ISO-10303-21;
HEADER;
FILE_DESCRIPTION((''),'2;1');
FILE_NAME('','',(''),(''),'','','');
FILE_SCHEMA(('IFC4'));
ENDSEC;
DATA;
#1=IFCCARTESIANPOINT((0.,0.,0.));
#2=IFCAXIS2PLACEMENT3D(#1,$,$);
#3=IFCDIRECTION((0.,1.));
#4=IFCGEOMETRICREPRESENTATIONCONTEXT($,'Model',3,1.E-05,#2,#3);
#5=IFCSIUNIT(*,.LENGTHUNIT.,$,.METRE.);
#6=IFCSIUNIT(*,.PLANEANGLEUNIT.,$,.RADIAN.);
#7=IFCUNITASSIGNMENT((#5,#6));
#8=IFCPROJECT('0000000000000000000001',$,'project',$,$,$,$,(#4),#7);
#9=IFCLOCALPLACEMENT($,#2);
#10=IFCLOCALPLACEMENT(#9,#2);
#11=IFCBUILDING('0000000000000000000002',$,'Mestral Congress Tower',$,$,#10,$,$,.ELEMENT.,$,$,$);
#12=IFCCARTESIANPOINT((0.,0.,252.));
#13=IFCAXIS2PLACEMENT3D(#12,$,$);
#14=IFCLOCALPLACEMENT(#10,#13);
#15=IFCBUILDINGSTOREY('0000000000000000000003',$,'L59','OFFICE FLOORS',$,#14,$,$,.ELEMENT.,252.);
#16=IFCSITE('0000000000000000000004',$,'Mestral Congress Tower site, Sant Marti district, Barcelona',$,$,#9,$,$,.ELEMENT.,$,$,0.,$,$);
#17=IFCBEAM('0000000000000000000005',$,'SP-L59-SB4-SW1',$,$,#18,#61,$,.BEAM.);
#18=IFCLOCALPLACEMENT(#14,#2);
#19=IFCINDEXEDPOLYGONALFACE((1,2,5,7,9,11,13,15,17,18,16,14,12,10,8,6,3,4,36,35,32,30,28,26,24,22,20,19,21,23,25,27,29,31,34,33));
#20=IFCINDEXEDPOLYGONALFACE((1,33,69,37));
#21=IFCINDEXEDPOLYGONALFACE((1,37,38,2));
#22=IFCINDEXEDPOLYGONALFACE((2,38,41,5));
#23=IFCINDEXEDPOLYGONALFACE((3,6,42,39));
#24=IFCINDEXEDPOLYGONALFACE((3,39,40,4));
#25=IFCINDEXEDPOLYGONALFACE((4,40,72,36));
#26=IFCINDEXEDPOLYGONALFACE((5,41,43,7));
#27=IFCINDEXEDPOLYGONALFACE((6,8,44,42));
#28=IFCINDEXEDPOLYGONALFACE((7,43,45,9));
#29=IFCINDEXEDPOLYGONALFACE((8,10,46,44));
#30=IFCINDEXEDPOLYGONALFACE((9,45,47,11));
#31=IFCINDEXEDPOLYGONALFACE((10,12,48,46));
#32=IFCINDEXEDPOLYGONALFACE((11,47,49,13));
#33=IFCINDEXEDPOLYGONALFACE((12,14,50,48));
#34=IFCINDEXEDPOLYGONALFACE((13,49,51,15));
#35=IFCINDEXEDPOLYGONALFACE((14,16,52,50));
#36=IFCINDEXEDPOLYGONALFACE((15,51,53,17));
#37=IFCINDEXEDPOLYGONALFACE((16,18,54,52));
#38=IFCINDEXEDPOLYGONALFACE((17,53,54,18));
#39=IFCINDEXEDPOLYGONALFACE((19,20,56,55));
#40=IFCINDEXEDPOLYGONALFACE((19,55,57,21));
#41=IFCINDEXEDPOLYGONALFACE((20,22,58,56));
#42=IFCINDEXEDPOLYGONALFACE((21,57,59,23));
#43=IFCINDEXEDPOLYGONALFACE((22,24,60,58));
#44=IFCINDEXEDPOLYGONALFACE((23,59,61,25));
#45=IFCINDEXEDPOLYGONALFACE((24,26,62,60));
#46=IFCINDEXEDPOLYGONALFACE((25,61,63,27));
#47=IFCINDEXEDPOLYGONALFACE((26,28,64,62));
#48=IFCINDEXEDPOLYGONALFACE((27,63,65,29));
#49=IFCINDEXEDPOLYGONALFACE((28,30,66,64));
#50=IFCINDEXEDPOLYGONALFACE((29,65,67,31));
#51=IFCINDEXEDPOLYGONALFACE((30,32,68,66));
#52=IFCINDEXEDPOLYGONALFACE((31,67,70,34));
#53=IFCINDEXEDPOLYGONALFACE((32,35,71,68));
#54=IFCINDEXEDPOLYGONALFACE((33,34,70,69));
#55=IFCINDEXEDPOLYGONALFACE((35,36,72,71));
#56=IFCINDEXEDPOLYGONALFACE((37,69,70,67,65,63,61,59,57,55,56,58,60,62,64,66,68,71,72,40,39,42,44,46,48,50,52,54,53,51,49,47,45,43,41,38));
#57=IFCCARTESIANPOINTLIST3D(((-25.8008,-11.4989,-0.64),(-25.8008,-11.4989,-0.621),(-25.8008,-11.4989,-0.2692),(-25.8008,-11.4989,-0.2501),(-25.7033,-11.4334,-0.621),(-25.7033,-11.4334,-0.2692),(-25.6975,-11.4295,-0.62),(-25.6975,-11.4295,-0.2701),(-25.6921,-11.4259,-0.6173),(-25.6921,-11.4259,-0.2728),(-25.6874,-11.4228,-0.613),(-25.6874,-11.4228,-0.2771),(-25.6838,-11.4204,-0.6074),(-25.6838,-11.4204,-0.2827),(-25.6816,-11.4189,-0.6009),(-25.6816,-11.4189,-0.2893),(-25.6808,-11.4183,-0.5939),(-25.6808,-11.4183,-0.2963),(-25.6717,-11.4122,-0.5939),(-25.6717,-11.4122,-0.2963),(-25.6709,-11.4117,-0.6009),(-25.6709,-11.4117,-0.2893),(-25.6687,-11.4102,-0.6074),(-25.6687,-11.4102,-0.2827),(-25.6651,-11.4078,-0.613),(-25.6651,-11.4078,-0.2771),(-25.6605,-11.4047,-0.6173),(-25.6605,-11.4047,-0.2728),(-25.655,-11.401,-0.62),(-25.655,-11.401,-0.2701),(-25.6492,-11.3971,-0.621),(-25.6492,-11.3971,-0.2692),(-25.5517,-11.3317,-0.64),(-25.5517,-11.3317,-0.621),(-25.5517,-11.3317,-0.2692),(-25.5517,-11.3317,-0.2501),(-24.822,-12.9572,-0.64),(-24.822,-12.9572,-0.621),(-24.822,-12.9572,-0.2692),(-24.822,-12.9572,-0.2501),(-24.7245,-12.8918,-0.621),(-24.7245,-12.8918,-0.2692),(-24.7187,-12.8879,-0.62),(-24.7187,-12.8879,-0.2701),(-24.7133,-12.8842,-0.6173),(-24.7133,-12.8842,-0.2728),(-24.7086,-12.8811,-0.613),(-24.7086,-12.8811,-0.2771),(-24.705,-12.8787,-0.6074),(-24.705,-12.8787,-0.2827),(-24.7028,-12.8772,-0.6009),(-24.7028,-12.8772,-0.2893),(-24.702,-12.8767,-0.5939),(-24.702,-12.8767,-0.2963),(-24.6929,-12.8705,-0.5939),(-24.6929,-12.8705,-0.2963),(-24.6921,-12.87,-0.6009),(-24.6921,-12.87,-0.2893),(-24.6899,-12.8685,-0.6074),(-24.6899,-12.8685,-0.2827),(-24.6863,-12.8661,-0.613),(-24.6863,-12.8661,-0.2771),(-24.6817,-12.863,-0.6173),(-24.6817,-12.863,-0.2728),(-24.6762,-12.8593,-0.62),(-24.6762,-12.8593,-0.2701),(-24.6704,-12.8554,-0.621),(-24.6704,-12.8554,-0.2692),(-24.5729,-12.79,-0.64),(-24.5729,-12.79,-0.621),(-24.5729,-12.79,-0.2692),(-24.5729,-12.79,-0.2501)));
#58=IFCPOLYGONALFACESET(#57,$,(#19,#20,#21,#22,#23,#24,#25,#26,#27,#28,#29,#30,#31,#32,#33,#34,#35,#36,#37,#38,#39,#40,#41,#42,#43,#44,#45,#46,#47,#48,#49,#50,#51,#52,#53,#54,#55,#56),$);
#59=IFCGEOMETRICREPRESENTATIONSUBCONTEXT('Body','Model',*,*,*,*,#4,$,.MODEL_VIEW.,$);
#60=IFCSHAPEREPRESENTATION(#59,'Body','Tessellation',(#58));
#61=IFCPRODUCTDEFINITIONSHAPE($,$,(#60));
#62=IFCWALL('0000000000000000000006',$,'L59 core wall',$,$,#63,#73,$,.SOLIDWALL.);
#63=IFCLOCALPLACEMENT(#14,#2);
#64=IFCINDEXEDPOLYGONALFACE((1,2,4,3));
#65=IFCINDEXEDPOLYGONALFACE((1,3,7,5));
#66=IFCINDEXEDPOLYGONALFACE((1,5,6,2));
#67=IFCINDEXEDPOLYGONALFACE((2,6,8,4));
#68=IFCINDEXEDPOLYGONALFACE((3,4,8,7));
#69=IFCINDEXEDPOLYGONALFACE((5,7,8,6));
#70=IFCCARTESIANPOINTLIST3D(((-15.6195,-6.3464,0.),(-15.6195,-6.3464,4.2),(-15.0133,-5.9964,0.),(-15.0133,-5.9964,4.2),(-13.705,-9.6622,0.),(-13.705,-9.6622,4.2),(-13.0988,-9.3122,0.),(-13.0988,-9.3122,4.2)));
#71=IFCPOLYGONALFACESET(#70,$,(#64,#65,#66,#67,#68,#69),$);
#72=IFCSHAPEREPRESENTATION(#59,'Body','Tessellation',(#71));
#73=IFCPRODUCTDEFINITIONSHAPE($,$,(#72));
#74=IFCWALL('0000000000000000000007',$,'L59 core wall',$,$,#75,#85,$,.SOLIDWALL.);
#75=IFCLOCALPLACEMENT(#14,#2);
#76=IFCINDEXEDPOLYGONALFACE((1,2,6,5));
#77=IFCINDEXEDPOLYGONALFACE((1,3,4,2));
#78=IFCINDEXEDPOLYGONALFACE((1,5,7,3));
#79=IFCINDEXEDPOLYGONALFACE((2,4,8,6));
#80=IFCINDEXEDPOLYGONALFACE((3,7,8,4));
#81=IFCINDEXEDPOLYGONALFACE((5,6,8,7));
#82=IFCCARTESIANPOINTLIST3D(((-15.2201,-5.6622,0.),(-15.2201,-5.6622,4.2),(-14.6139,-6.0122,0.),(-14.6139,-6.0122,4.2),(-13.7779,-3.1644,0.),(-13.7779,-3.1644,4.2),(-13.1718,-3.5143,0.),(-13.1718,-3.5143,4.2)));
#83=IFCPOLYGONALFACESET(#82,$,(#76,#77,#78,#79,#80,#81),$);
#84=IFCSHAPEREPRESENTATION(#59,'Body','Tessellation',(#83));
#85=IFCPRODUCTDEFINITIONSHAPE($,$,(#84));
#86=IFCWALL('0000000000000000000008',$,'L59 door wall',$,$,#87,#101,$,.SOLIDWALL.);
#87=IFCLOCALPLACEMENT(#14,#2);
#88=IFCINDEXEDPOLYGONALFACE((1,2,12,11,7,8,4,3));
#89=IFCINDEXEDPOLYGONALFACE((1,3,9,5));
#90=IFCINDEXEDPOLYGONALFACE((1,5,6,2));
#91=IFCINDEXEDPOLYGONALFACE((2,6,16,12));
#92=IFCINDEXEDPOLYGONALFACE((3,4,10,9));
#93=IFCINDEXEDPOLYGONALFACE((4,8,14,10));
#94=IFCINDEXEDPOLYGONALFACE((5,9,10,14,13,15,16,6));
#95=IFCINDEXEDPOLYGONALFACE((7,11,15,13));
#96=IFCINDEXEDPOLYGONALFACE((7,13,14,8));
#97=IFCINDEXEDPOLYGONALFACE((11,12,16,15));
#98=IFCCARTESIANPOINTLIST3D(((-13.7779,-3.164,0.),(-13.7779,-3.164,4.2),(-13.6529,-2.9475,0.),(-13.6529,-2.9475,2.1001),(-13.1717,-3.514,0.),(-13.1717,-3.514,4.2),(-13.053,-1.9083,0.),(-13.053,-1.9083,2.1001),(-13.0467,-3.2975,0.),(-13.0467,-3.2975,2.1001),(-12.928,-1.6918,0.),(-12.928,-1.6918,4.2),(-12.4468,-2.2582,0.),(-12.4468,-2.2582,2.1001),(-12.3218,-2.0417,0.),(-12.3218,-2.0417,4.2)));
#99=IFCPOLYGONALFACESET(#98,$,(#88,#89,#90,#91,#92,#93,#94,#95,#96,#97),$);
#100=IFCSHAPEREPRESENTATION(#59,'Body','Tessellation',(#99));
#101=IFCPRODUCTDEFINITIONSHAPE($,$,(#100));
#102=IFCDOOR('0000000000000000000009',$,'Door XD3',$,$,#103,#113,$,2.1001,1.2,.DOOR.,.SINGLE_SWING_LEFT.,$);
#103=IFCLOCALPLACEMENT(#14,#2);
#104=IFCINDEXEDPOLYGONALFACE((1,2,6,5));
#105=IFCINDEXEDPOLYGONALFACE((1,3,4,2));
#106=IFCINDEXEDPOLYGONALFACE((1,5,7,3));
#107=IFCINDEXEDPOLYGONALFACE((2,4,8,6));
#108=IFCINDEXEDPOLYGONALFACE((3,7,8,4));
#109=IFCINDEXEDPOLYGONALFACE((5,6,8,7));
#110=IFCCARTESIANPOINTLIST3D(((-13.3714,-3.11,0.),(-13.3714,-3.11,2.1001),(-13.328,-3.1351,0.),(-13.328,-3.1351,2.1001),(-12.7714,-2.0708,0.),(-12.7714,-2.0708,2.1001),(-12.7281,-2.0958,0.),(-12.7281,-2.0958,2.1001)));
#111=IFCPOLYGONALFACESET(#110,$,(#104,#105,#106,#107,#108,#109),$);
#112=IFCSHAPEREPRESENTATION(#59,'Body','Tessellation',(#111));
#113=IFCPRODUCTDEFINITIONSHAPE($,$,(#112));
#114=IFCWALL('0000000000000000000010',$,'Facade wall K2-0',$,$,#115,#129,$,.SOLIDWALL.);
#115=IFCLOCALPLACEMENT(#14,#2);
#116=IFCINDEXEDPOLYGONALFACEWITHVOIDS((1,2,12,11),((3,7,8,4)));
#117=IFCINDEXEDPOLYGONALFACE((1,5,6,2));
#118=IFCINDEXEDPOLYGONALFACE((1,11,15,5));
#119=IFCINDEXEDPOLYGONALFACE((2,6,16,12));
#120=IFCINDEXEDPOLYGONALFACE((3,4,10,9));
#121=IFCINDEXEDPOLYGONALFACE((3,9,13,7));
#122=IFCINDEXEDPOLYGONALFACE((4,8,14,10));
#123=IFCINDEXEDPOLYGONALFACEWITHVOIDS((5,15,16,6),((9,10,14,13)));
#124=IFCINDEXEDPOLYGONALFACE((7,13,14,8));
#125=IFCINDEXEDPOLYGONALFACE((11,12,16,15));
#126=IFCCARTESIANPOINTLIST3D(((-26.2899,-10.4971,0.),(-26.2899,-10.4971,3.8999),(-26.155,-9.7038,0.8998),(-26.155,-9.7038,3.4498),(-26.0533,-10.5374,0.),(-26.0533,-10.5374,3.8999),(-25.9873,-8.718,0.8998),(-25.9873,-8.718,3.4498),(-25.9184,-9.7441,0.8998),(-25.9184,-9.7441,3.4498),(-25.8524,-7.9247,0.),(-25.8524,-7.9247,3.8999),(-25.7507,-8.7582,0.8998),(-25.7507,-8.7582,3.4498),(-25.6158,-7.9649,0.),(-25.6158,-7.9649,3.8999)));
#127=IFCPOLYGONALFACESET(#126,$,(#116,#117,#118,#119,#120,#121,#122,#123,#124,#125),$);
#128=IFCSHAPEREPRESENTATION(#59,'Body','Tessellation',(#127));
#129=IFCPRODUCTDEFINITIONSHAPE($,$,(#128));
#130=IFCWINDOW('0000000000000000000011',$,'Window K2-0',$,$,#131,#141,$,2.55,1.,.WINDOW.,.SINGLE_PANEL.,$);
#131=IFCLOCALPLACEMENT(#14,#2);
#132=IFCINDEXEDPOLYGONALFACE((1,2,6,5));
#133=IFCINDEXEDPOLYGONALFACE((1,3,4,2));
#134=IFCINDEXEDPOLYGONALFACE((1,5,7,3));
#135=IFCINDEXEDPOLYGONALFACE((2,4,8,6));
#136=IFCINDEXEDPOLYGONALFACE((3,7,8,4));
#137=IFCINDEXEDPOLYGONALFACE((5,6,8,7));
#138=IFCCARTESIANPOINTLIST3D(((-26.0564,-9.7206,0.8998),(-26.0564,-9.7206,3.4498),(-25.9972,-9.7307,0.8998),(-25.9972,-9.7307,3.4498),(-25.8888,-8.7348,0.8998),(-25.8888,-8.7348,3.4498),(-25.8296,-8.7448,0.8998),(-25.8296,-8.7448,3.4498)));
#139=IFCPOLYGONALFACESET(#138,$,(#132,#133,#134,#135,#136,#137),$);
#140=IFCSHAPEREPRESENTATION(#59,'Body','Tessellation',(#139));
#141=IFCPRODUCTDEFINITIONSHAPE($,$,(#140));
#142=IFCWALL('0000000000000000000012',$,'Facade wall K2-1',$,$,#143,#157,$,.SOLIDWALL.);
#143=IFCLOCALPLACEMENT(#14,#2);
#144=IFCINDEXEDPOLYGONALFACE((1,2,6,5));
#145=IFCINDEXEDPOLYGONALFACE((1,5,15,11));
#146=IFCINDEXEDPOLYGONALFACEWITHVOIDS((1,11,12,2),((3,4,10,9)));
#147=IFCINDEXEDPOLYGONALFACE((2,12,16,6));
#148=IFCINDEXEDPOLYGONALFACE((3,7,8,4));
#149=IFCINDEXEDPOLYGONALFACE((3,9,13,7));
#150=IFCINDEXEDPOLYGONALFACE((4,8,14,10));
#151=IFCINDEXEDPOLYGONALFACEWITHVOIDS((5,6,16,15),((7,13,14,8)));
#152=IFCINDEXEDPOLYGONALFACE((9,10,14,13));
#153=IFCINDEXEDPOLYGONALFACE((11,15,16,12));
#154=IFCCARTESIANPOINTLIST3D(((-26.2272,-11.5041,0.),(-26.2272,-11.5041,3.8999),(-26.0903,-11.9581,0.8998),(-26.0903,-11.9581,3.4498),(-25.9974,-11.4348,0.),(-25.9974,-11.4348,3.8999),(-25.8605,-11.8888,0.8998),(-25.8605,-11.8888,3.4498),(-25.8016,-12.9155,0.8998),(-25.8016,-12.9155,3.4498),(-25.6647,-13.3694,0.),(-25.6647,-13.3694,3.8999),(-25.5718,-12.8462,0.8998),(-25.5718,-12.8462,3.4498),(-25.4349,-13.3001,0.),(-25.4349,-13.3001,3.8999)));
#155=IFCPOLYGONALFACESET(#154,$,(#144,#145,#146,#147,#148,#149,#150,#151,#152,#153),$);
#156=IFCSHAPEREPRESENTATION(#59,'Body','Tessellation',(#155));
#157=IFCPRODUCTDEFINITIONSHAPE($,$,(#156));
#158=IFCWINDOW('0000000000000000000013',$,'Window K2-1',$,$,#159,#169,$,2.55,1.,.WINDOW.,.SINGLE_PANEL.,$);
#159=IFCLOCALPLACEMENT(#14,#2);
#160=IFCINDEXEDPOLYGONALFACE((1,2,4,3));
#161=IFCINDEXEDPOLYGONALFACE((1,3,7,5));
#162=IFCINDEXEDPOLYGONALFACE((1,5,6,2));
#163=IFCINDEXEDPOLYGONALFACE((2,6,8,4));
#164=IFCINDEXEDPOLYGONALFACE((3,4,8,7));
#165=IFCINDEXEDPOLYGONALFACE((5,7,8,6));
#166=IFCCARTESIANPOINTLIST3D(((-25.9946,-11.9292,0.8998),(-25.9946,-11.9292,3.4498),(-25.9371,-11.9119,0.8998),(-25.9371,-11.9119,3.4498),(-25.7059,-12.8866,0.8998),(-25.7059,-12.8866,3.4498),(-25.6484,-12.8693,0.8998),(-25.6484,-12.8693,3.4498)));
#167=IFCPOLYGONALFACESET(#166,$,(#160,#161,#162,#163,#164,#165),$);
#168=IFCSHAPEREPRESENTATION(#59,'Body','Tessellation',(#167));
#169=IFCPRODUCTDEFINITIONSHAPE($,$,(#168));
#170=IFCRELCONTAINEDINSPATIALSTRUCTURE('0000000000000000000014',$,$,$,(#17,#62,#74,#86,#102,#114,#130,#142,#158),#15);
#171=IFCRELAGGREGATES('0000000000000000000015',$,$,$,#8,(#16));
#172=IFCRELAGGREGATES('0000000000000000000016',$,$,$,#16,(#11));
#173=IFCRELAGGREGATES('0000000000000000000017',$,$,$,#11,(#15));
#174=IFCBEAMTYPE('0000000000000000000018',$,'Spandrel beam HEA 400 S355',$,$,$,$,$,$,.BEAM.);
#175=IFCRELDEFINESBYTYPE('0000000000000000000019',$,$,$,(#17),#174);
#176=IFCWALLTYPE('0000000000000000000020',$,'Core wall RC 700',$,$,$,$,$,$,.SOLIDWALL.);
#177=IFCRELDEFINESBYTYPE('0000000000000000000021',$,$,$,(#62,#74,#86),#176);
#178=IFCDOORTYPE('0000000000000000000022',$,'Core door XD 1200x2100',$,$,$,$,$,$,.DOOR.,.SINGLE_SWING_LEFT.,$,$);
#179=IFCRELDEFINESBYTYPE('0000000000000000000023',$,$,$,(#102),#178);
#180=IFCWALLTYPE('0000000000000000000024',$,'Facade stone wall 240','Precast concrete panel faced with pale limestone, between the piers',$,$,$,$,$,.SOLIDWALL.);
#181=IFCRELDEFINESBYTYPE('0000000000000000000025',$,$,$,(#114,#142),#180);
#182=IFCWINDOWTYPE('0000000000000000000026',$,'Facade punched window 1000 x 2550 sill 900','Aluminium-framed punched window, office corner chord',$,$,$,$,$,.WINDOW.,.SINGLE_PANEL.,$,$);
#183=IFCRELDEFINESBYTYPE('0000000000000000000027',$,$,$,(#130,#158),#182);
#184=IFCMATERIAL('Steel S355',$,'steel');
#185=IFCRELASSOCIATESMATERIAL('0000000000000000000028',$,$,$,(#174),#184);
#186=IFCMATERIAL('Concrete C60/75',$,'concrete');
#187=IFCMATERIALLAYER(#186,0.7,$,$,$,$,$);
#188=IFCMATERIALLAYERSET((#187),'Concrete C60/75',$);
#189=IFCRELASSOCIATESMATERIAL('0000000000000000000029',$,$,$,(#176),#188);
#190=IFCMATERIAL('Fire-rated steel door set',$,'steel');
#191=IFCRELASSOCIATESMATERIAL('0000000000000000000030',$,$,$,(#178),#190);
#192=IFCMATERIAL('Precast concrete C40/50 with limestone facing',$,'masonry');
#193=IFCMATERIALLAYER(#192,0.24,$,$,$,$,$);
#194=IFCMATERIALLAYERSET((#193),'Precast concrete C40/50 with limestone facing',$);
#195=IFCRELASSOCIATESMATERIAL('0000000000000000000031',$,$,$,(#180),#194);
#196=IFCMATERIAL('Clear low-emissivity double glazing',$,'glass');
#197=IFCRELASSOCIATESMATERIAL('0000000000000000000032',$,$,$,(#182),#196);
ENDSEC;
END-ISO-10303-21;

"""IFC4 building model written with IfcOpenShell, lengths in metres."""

from ifc_helpers import new_model, si_unit, direction, frame, frame_2d, origin, origin_2d, place, context, subcontext, project, spatial, rectangle, i_section, extrude, material, layer, layer_set, material_profile, profile_set, type_object, element, fill, save


model = new_model("IFC4")

# Units and contexts
model_context = context("Model", 3, precision=1e-05, world=origin(), true_north=direction((0.0, 1.0)))
body_context = subcontext(model_context, "Body", "Model", "MODEL_VIEW")
ifc_project = project(units=[si_unit("LENGTHUNIT", "METRE"), si_unit("PLANEANGLEUNIT", "RADIAN")], contexts=[model_context])

# Site, building, storey
site_placement = place(None, origin())
site = spatial("IfcSite", under=ifc_project, at=site_placement, Name="Mestral Congress Tower site, Sant Marti district, Barcelona", CompositionType="ELEMENT", RefElevation=0.0)
building_placement = place(site_placement, origin())
building = spatial("IfcBuilding", under=site, at=building_placement, Name="Mestral Congress Tower", CompositionType="ELEMENT")
storey_placement = place(building_placement, frame((0.0, 0.0, 252.0)))
storey = spatial("IfcBuildingStorey", under=building, at=storey_placement, Name="L59", Description="OFFICE FLOORS", CompositionType="ELEMENT", Elevation=252.0)

# Shared definitions
ifc_material_1 = material(Name="Concrete C60/75", Category="concrete")

# Beam
ifc_material_2 = material(Name="Steel S355", Category="steel")
ifc_material_profile_1 = material_profile(ifc_material_2, i_section(OverallWidth=0.3, OverallDepth=0.3899, WebThickness=0.011, FlangeThickness=0.019, FilletRadius=0.0271, at=origin_2d()), Name="HEA 400")
ifc_profile_set_1 = profile_set([ifc_material_profile_1], Name="Steel S355")
beam_type_1 = type_object("IfcBeamType", Name="Spandrel beam HEA 400 S355", PredefinedType="BEAM", material=ifc_profile_set_1)
beam_1_placement = place(storey_placement, frame((-25.6763, -11.4153, -0.4451), z_axis=(0.557296, -0.830314, 0.0), x_axis=(0.830314, 0.557296, 0.0)))
element("IfcBeam", 1, at=beam_1_placement, inside=storey, type_object=beam_type_1, Name="SP-L59-SB4-SW1", PredefinedType="BEAM", context=body_context, shape_type="SweptSolid", body=[
    extrude(i_section(OverallWidth=0.3, OverallDepth=0.3899, WebThickness=0.011, FlangeThickness=0.019, FilletRadius=0.0271, at=origin_2d()), origin(), (0.0, 0.0, 1.0), 1.7563),
])

# Walls
ifc_layer_1 = layer(ifc_material_1, 0.7)
ifc_layer_set_1 = layer_set([ifc_layer_1], Name="Concrete C60/75")
wall_type_1 = type_object("IfcWallType", Name="Core wall RC 700", PredefinedType="SOLIDWALL", material=ifc_layer_set_1)
wall_1_placement = place(storey_placement, frame((-13.4019, -9.4873, 0.0), z_axis=(0.0, 0.0, 1.0), x_axis=(-0.50002, 0.866014, 0.0)))
element("IfcWall", 2, at=wall_1_placement, inside=storey, type_object=wall_type_1, Name="L59 core wall", PredefinedType="SOLIDWALL", context=body_context, shape_type="SweptSolid", body=[
    extrude(rectangle(XDim=3.8289, YDim=0.7, at=frame_2d((1.9146, 0.0))), origin(), (0.0, 0.0, 1.0), 4.2),
])
wall_2_placement = place(storey_placement, frame((-13.4749, -3.3394, 0.0), z_axis=(0.0, 0.0, 1.0), x_axis=(-0.500008, -0.866021, 0.0)))
element("IfcWall", 3, at=wall_2_placement, inside=storey, type_object=wall_type_1, Name="L59 core wall", PredefinedType="SOLIDWALL", context=body_context, shape_type="SweptSolid", body=[
    extrude(rectangle(XDim=2.8843, YDim=0.7, at=frame_2d((1.4421, 0.0))), origin(), (0.0, 0.0, 1.0), 4.2),
])

# Wall, opening, door
wall_3_placement = place(storey_placement, frame((-13.4749, -3.3391, 0.0), z_axis=(0.0, 0.0, 1.0), x_axis=(0.499955, 0.866052, 0.0)))
wall_3 = element("IfcWall", 4, at=wall_3_placement, inside=storey, type_object=wall_type_1, Name="L59 door wall", PredefinedType="SOLIDWALL", context=body_context, shape_type="SweptSolid", body=[
    extrude(rectangle(XDim=1.7, YDim=0.7, at=frame_2d((0.8501, 0.0))), origin(), (0.0, 0.0, 1.0), 4.2),
])
opening_1_placement = place(wall_3_placement, frame((0.25, 0.0, 0.0)))
opening_1 = element("IfcOpeningElement", 5, at=opening_1_placement, cuts=wall_3, PredefinedType="OPENING", context=body_context, shape_type="SweptSolid", body=[
    extrude(rectangle(XDim=1.2, YDim=2.1001, at=frame_2d((0.6001, 1.05))), frame((0.0, 0.3599, 0.0), z_axis=(0.0, -1.0, 0.0), x_axis=(1.0, 0.0, 0.0)), (0.0, 0.0, 1.0), 0.72),
])
ifc_material_3 = material(Name="Fire-rated steel door set", Category="steel")
door_type_1 = type_object("IfcDoorType", Name="Core door XD 1200x2100", OperationType="SINGLE_SWING_LEFT", PredefinedType="DOOR", material=ifc_material_3)
door_1_placement = place(opening_1_placement, origin())
door_1 = element("IfcDoor", 6, at=door_1_placement, inside=storey, type_object=door_type_1, Name="Door XD3", OperationType="SINGLE_SWING_LEFT", OverallHeight=2.1001, OverallWidth=1.2, PredefinedType="DOOR", context=body_context, shape_type="SweptSolid", body=[
    extrude(rectangle(XDim=1.2, YDim=2.1001, at=frame_2d((0.6001, 1.05))), frame((0.0, 0.0249, 0.0), z_axis=(0.0, -1.0, 0.0), x_axis=(1.0, 0.0, 0.0)), (0.0, 0.0, 1.0), 0.05),
])
fill(opening_1, door_1)

# Walls, openings, windows
ifc_material_4 = material(Name="Precast concrete C40/50 with limestone facing", Category="masonry")
ifc_layer_2 = layer(ifc_material_4, 0.24)
ifc_layer_set_2 = layer_set([ifc_layer_2], Name="Precast concrete C40/50 with limestone facing")
wall_type_2 = type_object("IfcWallType", Name="Facade stone wall 240", Description="Precast concrete panel faced with pale limestone, between the piers", PredefinedType="SOLIDWALL", material=ifc_layer_set_2)
wall_4_placement = place(storey_placement, frame((-25.7341, -7.9448, 0.0), z_axis=(0.0, 0.0, 1.0), x_axis=(-0.16766, -0.985845, 0.0)))
wall_4 = element("IfcWall", 7, at=wall_4_placement, inside=storey, type_object=wall_type_2, Name="Facade wall K2-0", PredefinedType="SOLIDWALL", context=body_context, shape_type="SweptSolid", body=[
    extrude(rectangle(XDim=2.6094, YDim=0.24, at=frame_2d((1.3047, 0.0))), origin(), (0.0, 0.0, 1.0), 3.8999),
])
opening_2_placement = place(wall_4_placement, frame((0.8047, 0.0, 0.8999)))
opening_2 = element("IfcOpeningElement", 8, at=opening_2_placement, cuts=wall_4, PredefinedType="OPENING", context=body_context, shape_type="SweptSolid", body=[
    extrude(rectangle(XDim=1.0, YDim=2.55, at=frame_2d((0.5, 1.2749))), frame((0.0, 0.1299, 0.0), z_axis=(0.0, -1.0, 0.0), x_axis=(1.0, 0.0, 0.0)), (0.0, 0.0, 1.0), 0.26),
])
ifc_material_5 = material(Name="Clear low-emissivity double glazing", Category="glass")
window_type = type_object("IfcWindowType", Name="Facade punched window 1000 x 2550 sill 900", Description="Aluminium-framed punched window, office corner chord", PartitioningType="SINGLE_PANEL", PredefinedType="WINDOW", material=ifc_material_5)
window_1_placement = place(opening_2_placement, origin())
window_1 = element("IfcWindow", 9, at=window_1_placement, inside=storey, type_object=window_type, Name="Window K2-0", OverallHeight=2.55, OverallWidth=1.0, PartitioningType="SINGLE_PANEL", PredefinedType="WINDOW", context=body_context, shape_type="SweptSolid", body=[
    extrude(rectangle(XDim=1.0, YDim=2.55, at=frame_2d((0.5, 1.2749))), frame((0.0, 0.04, 0.0), z_axis=(0.0, -1.0, 0.0), x_axis=(1.0, 0.0, 0.0)), (0.0, 0.0, 1.0), 0.0601),
])
fill(opening_2, window_1)
wall_5_placement = place(storey_placement, frame((-26.1123, -11.4695, 0.0), z_axis=(0.0, 0.0, 1.0), x_axis=(0.288727, -0.957411, 0.0)))
wall_5 = element("IfcWall", 10, at=wall_5_placement, inside=storey, type_object=wall_type_2, Name="Facade wall K2-1", PredefinedType="SOLIDWALL", context=body_context, shape_type="SweptSolid", body=[
    extrude(rectangle(XDim=1.9482, YDim=0.24, at=frame_2d((0.9741, 0.0))), origin(), (0.0, 0.0, 1.0), 3.8999),
])
opening_3_placement = place(wall_5_placement, frame((0.4741, 0.0, 0.8999)))
opening_3 = element("IfcOpeningElement", 11, at=opening_3_placement, cuts=wall_5, PredefinedType="OPENING", context=body_context, shape_type="SweptSolid", body=[
    extrude(rectangle(XDim=1.0, YDim=2.55, at=frame_2d((0.5, 1.2749))), frame((0.0, 0.1299, 0.0), z_axis=(0.0, -1.0, 0.0), x_axis=(1.0, 0.0, 0.0)), (0.0, 0.0, 1.0), 0.26),
])
window_2_placement = place(opening_3_placement, origin())
window_2 = element("IfcWindow", 12, at=window_2_placement, inside=storey, type_object=window_type, Name="Window K2-1", OverallHeight=2.55, OverallWidth=1.0, PartitioningType="SINGLE_PANEL", PredefinedType="WINDOW", context=body_context, shape_type="SweptSolid", body=[
    extrude(rectangle(XDim=1.0, YDim=2.55, at=frame_2d((0.5, 1.2749))), frame((0.0, 0.04, 0.0), z_axis=(0.0, -1.0, 0.0), x_axis=(1.0, 0.0, 0.0)), (0.0, 0.0, 1.0), 0.0601),
])
fill(opening_3, window_2)

save(model, "model.ifc")
